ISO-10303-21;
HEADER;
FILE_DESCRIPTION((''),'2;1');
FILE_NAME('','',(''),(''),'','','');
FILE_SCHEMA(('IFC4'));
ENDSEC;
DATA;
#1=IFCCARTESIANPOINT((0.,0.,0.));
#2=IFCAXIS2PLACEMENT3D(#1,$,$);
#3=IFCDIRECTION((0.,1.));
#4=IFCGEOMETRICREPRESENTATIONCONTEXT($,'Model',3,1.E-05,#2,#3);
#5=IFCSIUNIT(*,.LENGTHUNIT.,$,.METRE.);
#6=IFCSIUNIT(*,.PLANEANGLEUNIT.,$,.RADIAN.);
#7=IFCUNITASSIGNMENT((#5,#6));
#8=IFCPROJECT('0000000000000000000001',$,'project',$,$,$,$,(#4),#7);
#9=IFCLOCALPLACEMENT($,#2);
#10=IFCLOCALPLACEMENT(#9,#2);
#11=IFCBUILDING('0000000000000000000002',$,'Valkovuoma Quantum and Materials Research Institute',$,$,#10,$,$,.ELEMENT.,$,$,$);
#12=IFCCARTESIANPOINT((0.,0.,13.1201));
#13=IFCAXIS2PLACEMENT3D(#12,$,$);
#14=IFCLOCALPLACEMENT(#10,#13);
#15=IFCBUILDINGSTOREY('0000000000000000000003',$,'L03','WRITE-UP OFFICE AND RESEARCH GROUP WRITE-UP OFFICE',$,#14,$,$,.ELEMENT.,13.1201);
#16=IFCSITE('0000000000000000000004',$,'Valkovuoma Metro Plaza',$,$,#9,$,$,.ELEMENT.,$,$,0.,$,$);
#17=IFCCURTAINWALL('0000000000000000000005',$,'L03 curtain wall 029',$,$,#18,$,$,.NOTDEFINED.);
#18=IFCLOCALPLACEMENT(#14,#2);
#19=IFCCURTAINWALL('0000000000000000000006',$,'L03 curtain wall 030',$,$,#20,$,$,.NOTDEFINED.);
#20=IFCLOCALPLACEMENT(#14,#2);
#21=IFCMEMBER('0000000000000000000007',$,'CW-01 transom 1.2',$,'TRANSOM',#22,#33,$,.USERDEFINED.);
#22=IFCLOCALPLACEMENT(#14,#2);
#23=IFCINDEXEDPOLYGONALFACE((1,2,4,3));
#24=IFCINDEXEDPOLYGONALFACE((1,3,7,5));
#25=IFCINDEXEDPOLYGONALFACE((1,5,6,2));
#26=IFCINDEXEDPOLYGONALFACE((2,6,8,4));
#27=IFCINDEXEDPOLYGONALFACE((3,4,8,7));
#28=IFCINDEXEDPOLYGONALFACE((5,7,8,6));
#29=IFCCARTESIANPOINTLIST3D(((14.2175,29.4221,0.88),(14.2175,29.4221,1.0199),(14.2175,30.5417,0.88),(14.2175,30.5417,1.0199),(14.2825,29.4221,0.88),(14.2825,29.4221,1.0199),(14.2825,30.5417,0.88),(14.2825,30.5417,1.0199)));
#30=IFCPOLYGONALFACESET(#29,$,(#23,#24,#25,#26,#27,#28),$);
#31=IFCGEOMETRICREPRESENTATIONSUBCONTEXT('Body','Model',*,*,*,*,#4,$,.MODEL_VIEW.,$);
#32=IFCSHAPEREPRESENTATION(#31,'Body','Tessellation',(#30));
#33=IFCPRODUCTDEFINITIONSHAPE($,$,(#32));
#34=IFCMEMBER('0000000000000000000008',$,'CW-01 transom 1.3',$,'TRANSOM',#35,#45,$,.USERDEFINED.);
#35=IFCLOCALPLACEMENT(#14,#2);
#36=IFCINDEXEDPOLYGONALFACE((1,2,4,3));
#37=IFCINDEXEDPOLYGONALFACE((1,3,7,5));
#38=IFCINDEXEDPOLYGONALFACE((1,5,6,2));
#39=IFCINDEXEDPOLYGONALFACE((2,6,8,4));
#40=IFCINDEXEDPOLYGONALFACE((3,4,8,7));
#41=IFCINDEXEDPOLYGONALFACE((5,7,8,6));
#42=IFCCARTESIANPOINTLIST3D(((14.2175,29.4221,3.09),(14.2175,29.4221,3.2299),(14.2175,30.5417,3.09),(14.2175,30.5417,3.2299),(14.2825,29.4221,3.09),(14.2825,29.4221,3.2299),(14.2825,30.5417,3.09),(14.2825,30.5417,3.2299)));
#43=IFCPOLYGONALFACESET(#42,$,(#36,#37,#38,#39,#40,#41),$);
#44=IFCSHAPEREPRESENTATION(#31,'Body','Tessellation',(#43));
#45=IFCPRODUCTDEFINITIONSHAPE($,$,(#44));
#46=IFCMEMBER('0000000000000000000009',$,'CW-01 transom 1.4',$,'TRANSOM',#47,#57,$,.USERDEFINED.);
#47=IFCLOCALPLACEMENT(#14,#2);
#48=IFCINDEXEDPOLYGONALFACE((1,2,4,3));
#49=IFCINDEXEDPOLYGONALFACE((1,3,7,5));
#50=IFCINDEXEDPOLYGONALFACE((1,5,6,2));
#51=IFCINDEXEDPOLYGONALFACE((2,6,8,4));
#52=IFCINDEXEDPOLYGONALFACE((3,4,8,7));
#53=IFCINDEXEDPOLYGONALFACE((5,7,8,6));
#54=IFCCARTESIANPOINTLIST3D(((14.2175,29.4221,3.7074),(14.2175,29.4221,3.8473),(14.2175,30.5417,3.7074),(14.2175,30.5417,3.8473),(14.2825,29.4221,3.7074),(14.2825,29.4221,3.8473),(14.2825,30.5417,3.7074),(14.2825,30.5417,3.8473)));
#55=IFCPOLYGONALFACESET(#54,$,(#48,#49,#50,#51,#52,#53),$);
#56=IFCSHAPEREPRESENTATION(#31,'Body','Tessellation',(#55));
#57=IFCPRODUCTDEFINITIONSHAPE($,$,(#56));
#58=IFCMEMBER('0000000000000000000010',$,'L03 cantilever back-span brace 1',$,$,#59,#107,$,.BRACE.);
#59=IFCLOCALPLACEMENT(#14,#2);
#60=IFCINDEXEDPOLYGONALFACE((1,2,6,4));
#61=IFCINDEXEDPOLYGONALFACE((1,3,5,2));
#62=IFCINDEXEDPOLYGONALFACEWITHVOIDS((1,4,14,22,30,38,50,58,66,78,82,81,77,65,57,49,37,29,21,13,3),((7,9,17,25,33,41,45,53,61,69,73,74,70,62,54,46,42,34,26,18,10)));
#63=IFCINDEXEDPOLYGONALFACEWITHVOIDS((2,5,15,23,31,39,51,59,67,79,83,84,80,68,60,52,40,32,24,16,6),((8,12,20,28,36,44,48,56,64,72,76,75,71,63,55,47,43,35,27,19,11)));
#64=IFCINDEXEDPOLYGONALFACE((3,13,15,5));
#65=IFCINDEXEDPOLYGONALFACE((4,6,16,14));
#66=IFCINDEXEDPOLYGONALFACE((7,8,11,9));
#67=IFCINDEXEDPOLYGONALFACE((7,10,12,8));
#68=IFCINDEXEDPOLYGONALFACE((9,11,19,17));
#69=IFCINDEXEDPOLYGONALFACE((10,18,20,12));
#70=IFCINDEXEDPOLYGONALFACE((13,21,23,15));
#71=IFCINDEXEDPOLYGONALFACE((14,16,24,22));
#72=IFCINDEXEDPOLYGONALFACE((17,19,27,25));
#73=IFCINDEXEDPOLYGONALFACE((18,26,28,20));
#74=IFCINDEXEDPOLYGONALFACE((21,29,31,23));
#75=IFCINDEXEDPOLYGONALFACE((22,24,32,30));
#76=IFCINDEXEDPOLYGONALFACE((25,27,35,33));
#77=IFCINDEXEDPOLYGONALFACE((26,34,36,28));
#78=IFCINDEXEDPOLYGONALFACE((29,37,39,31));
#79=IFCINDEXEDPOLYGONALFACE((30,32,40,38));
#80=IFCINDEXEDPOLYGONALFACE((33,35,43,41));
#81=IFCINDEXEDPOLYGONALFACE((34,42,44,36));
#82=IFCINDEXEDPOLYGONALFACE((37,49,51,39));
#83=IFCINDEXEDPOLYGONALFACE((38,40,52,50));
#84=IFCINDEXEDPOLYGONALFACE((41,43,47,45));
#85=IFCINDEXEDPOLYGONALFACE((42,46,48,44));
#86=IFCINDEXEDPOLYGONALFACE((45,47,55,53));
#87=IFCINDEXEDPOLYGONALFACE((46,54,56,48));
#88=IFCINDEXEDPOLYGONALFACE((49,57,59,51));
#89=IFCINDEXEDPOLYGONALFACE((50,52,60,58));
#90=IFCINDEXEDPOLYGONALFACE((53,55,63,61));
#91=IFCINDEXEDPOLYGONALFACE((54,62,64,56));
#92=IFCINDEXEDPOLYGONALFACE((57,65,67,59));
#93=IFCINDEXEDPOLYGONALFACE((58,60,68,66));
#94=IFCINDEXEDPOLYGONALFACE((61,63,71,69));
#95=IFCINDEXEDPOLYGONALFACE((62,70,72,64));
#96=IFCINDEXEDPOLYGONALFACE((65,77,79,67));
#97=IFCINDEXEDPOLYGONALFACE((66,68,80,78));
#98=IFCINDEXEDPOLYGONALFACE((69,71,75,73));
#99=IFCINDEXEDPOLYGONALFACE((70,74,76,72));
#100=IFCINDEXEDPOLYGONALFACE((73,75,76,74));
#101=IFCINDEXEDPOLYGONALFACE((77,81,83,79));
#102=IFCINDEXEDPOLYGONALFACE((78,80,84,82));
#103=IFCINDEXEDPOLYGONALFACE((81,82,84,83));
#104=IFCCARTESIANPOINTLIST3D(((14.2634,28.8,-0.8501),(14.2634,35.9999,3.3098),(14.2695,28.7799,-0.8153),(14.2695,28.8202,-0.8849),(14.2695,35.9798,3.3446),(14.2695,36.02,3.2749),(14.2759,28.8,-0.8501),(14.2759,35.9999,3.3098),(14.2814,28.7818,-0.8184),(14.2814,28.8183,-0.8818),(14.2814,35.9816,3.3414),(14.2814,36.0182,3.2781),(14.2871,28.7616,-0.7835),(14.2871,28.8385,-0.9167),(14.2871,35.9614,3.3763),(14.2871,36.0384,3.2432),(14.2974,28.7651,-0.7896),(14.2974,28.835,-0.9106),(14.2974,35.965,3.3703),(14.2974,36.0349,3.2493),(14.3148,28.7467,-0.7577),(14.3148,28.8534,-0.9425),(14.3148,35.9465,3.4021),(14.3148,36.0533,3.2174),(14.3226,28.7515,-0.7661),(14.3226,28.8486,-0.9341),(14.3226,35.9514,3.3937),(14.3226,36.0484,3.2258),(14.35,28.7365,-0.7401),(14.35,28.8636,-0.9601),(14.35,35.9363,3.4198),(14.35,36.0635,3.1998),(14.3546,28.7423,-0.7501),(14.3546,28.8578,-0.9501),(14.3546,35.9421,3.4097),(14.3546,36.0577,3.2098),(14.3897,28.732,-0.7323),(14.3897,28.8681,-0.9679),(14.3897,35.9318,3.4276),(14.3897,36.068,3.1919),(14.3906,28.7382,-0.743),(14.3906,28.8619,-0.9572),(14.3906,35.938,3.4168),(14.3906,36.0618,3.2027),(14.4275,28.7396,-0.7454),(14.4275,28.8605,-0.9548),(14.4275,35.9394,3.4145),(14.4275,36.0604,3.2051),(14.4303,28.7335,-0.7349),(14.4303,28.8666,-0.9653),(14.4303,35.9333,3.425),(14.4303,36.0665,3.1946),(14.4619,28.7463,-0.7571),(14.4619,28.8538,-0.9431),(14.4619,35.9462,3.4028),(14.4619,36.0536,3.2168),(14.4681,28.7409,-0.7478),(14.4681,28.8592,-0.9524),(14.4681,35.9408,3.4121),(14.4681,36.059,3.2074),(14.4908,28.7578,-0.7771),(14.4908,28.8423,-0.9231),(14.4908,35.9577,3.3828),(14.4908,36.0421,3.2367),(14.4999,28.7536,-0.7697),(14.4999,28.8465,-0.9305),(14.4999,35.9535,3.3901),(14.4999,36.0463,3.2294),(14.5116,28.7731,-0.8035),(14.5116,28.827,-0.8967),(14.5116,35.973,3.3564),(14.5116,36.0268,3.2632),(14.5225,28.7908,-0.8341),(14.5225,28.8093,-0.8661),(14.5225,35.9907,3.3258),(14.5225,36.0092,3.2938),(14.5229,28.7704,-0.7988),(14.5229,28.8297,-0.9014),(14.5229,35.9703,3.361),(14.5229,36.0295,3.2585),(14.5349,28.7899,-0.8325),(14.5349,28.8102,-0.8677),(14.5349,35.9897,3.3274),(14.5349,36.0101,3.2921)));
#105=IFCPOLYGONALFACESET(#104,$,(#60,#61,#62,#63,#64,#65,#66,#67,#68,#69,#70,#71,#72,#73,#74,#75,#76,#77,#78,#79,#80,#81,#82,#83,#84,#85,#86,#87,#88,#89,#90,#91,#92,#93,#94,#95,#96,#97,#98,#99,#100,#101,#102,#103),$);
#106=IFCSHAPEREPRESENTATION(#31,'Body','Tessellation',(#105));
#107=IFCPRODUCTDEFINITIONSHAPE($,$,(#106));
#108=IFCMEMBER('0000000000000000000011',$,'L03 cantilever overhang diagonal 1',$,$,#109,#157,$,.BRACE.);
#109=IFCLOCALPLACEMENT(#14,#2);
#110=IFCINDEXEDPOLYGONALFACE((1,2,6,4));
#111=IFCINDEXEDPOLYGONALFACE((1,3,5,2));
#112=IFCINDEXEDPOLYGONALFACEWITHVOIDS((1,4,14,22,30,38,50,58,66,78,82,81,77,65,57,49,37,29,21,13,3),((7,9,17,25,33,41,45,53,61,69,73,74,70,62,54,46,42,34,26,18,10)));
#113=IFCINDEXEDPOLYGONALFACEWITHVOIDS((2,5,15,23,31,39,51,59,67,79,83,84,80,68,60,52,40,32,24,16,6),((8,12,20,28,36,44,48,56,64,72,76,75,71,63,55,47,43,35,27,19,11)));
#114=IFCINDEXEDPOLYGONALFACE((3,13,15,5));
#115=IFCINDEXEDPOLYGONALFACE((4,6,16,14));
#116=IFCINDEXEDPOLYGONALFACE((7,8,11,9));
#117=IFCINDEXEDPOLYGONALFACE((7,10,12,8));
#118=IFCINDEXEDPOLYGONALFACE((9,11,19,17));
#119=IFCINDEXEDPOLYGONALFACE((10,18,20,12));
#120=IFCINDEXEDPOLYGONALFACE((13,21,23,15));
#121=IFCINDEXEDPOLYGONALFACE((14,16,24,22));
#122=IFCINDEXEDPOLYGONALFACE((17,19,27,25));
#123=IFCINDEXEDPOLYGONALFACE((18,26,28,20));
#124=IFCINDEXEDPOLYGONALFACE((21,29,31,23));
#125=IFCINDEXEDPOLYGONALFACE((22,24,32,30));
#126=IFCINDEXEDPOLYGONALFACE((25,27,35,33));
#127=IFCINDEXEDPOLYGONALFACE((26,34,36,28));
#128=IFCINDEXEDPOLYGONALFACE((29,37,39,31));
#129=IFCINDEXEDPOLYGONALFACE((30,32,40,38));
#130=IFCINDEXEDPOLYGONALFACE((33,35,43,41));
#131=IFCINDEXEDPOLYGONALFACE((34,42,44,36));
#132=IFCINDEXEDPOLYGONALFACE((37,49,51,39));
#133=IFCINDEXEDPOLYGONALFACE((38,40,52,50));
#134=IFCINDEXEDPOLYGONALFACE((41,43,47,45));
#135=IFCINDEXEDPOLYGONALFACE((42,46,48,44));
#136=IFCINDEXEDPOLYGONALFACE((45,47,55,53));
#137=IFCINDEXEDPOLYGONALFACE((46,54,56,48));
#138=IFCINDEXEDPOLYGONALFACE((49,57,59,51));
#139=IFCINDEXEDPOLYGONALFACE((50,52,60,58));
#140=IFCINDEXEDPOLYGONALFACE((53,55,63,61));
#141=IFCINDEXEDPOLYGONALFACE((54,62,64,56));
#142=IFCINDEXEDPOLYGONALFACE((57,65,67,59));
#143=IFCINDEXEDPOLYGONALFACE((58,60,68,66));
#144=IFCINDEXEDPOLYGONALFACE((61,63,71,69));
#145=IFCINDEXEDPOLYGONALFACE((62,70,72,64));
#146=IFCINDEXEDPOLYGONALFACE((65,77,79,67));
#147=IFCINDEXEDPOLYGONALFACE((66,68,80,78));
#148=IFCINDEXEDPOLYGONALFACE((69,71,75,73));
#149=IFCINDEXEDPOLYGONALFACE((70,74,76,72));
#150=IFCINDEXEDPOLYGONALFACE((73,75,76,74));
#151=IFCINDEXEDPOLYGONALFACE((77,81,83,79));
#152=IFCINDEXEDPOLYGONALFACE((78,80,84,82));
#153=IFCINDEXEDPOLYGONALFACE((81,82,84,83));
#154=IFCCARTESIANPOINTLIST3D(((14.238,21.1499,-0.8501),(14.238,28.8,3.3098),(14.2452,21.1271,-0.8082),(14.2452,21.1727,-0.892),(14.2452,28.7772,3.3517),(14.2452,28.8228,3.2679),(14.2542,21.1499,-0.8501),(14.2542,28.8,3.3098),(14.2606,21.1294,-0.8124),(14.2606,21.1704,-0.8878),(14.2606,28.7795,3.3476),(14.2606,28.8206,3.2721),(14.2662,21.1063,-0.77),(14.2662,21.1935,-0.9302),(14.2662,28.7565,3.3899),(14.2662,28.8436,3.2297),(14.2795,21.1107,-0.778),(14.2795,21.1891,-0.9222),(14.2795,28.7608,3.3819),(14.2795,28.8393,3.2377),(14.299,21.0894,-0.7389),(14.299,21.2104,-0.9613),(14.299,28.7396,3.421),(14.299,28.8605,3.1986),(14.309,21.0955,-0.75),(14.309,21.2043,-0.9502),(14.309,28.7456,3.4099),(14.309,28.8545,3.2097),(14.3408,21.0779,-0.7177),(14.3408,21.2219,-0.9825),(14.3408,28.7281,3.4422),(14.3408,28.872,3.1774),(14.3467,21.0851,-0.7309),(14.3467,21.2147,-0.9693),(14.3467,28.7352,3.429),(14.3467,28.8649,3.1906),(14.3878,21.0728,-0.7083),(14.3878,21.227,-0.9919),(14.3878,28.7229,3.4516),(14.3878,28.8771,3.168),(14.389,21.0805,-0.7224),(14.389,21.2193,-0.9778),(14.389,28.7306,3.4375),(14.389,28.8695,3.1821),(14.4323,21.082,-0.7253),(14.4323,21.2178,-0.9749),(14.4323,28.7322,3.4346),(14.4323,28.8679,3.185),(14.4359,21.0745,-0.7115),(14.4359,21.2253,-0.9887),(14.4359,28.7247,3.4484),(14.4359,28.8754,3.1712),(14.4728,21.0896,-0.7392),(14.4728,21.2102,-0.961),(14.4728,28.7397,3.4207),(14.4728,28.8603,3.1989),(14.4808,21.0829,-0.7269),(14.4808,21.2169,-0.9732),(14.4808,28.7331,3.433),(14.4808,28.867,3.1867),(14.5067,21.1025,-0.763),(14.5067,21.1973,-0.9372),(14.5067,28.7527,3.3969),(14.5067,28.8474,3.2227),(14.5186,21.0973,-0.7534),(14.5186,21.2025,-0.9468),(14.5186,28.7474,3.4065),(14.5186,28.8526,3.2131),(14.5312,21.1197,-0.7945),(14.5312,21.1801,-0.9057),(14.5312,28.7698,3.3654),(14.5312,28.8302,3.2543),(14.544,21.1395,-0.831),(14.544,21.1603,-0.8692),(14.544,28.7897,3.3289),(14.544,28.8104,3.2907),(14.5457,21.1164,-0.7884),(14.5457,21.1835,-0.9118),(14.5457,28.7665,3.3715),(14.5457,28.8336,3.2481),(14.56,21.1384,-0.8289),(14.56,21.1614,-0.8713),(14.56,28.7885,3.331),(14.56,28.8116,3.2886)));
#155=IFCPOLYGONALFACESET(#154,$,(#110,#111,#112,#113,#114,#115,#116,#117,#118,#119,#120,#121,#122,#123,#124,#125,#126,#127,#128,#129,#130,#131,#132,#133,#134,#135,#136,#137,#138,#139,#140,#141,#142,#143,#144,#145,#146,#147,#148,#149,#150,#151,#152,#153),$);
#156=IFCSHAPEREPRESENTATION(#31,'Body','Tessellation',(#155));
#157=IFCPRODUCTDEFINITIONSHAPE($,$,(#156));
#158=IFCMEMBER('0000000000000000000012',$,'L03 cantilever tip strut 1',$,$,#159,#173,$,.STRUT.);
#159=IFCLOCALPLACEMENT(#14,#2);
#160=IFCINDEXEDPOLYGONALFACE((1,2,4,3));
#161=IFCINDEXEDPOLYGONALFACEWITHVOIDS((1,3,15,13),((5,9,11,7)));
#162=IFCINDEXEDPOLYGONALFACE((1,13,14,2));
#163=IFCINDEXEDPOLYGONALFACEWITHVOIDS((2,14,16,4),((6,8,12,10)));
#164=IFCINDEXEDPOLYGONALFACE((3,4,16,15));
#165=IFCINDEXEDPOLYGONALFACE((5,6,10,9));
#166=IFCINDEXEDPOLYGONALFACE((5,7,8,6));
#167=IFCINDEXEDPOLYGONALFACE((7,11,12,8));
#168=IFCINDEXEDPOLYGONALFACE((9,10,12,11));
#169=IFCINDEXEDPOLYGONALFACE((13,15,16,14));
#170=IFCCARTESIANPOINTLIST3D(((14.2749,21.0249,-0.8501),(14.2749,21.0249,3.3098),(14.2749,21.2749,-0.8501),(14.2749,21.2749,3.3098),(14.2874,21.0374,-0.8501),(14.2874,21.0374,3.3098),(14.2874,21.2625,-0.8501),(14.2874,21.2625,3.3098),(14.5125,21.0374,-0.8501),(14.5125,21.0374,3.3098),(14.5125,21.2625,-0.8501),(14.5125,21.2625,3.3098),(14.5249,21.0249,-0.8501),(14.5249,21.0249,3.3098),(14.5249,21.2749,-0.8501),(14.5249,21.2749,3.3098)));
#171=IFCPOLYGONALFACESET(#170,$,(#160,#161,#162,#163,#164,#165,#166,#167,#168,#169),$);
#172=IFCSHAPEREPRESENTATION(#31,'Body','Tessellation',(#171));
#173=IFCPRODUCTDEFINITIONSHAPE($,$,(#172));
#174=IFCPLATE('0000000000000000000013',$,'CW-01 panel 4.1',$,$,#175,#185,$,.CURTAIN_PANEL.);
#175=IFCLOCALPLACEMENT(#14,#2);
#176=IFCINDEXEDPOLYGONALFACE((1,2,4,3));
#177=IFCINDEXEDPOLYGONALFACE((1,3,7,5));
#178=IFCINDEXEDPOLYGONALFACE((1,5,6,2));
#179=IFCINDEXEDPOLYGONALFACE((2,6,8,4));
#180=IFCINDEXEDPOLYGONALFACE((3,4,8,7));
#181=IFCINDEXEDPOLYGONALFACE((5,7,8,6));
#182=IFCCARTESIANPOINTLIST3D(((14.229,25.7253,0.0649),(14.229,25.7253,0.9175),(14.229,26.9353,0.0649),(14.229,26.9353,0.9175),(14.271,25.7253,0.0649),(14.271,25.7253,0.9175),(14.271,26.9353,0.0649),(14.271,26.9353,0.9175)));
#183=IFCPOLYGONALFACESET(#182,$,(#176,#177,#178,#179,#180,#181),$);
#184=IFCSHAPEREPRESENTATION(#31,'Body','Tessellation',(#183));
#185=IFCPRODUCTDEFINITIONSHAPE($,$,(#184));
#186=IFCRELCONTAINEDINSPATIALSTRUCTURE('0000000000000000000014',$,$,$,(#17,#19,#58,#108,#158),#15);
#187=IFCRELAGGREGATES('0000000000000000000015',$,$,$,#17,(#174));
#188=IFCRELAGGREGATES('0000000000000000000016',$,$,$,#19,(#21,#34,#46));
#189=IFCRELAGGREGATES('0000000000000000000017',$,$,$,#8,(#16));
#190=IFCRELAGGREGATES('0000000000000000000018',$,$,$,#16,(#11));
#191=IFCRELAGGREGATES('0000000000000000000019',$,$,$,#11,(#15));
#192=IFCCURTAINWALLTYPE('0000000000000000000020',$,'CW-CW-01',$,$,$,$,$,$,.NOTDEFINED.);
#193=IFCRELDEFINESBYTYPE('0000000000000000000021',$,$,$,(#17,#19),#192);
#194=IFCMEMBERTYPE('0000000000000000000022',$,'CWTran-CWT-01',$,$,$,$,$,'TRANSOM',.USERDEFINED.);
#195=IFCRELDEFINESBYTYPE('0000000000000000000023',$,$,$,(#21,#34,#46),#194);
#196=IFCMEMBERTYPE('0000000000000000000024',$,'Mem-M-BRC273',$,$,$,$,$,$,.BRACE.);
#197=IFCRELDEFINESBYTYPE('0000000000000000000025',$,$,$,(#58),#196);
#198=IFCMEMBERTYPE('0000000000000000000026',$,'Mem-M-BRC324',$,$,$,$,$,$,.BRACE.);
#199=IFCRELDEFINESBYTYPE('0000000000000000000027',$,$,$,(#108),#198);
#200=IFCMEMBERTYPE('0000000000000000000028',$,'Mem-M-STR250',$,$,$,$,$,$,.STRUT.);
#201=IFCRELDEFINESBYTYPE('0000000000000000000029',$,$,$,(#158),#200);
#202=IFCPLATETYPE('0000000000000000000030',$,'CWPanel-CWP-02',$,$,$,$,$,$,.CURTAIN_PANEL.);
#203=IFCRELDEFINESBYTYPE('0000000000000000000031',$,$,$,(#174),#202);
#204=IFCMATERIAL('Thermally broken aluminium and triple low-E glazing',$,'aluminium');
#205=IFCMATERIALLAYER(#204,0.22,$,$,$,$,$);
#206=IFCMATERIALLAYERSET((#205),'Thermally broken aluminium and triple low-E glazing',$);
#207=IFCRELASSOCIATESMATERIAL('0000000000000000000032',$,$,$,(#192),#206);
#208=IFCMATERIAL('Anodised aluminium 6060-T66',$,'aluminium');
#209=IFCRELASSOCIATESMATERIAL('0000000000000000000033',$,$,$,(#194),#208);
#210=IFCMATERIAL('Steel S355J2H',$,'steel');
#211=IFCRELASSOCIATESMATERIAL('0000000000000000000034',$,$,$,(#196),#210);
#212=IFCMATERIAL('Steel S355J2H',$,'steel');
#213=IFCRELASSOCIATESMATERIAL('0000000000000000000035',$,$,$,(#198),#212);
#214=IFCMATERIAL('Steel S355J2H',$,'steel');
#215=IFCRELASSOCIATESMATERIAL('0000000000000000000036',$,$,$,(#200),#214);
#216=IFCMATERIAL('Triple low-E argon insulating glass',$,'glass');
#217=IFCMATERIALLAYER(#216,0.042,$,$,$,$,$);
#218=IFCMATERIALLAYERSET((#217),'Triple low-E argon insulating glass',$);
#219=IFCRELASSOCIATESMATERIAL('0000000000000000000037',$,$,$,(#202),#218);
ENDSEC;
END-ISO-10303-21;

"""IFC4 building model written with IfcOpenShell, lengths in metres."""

from ifc_helpers import new_model, si_unit, direction, frame, origin, origin_2d, place, context, subcontext, project, spatial, rectangle, hollow_rectangle, hollow_circle, extrude, material, layer, layer_set, material_profile, profile_set, type_object, element, aggregate, save


model = new_model("IFC4")

# Units and contexts
model_context = context("Model", 3, precision=1e-05, world=origin(), true_north=direction((0.0, 1.0)))
body_context = subcontext(model_context, "Body", "Model", "MODEL_VIEW")
ifc_project = project(units=[si_unit("LENGTHUNIT", "METRE"), si_unit("PLANEANGLEUNIT", "RADIAN")], contexts=[model_context])

# Site, building, storey
site_placement = place(None, origin())
site = spatial("IfcSite", under=ifc_project, at=site_placement, Name="Valkovuoma Metro Plaza", CompositionType="ELEMENT", RefElevation=0.0)
building_placement = place(site_placement, origin())
building = spatial("IfcBuilding", under=site, at=building_placement, Name="Valkovuoma Quantum and Materials Research Institute", CompositionType="ELEMENT")
storey_placement = place(building_placement, frame((0.0, 0.0, 13.1201)))
storey = spatial("IfcBuildingStorey", under=building, at=storey_placement, Name="L03", Description="WRITE-UP OFFICE AND RESEARCH GROUP WRITE-UP OFFICE", CompositionType="ELEMENT", Elevation=13.1201)

# Curtain wall
ifc_material_1 = material(Name="Thermally broken aluminium and triple low-E glazing", Category="aluminium")
ifc_layer_1 = layer(ifc_material_1, 0.22)
ifc_layer_set_1 = layer_set([ifc_layer_1], Name="Thermally broken aluminium and triple low-E glazing")
curtain_wall_type = type_object("IfcCurtainWallType", Name="CW-CW-01", PredefinedType="NOTDEFINED", material=ifc_layer_set_1)
curtain_wall_1_placement = place(storey_placement, origin())
curtain_wall_1 = element("IfcCurtainWall", 1, at=curtain_wall_1_placement, inside=storey, type_object=curtain_wall_type, Name="L03 curtain wall 029", PredefinedType="NOTDEFINED")

# Curtain wall
curtain_wall_2_placement = place(storey_placement, origin())
curtain_wall_2 = element("IfcCurtainWall", 2, at=curtain_wall_2_placement, inside=storey, type_object=curtain_wall_type, Name="L03 curtain wall 030", PredefinedType="NOTDEFINED")

# Members
ifc_material_2 = material(Name="Anodised aluminium 6060-T66", Category="aluminium")
ifc_material_profile_1 = material_profile(ifc_material_2, rectangle(XDim=0.0649, YDim=0.1399, at=origin_2d()), Name="Anodised aluminium 6060-T66")
ifc_profile_set_1 = profile_set([ifc_material_profile_1], Name="Anodised aluminium 6060-T66")
member_type_1 = type_object("IfcMemberType", Name="CWTran-CWT-01", ElementType="TRANSOM", PredefinedType="USERDEFINED", material=ifc_profile_set_1)
member_1_placement = place(storey_placement, frame((14.25, 29.4221, 0.95), z_axis=(0.0, 1.0, 0.0), x_axis=(-1.0, 0.0, 0.0)))
member_1 = element("IfcMember", 3, at=member_1_placement, type_object=member_type_1, Name="CW-01 transom 1.2", ObjectType="TRANSOM", PredefinedType="USERDEFINED", context=body_context, shape_type="SweptSolid", body=[
    extrude(rectangle(XDim=0.0649, YDim=0.1399, at=origin_2d()), origin(), (0.0, 0.0, 1.0), 1.1196),
])
member_2_placement = place(storey_placement, frame((14.25, 29.4221, 3.1599), z_axis=(0.0, 1.0, 0.0), x_axis=(-1.0, 0.0, 0.0)))
member_2 = element("IfcMember", 4, at=member_2_placement, type_object=member_type_1, Name="CW-01 transom 1.3", ObjectType="TRANSOM", PredefinedType="USERDEFINED", context=body_context, shape_type="SweptSolid", body=[
    extrude(rectangle(XDim=0.0649, YDim=0.1399, at=origin_2d()), origin(), (0.0, 0.0, 1.0), 1.1196),
])
member_3_placement = place(storey_placement, frame((14.25, 29.4221, 3.7773), z_axis=(0.0, 1.0, 0.0), x_axis=(-1.0, 0.0, 0.0)))
member_3 = element("IfcMember", 5, at=member_3_placement, type_object=member_type_1, Name="CW-01 transom 1.4", ObjectType="TRANSOM", PredefinedType="USERDEFINED", context=body_context, shape_type="SweptSolid", body=[
    extrude(rectangle(XDim=0.0649, YDim=0.1399, at=origin_2d()), origin(), (0.0, 0.0, 1.0), 1.1196),
])

# Members
ifc_material_3 = material(Name="Steel S355J2H", Category="steel")
ifc_material_profile_2 = material_profile(ifc_material_3, hollow_circle(Radius=0.1365, WallThickness=0.0125, at=origin_2d()), Name="Steel S355J2H")
ifc_profile_set_2 = profile_set([ifc_material_profile_2], Name="Steel S355J2H")
member_type_2 = type_object("IfcMemberType", Name="Mem-M-BRC273", PredefinedType="BRACE", material=ifc_profile_set_2)
member_4_placement = place(storey_placement, frame((14.3999, 28.8, -0.8501), z_axis=(0.0, 0.865868, 0.500272), x_axis=(-1.0, 0.0, 0.0)))
element("IfcMember", 6, at=member_4_placement, inside=storey, type_object=member_type_2, Name="L03 cantilever back-span brace 1", PredefinedType="BRACE", context=body_context, shape_type="SweptSolid", body=[
    extrude(hollow_circle(Radius=0.1365, WallThickness=0.0125, at=origin_2d()), origin(), (0.0, 0.0, 1.0), 8.3152),
])
ifc_material_4 = material(Name="Steel S355J2H", Category="steel")
ifc_material_profile_3 = material_profile(ifc_material_4, hollow_circle(Radius=0.1619, WallThickness=0.0161, at=origin_2d()), Name="Steel S355J2H")
ifc_profile_set_3 = profile_set([ifc_material_profile_3], Name="Steel S355J2H")
member_type_3 = type_object("IfcMemberType", Name="Mem-M-BRC324", PredefinedType="BRACE", material=ifc_profile_set_3)
member_5_placement = place(storey_placement, frame((14.3999, 21.1499, -0.8501), z_axis=(0.0, 0.878517, 0.47771), x_axis=(-1.0, 0.0, 0.0)))
element("IfcMember", 7, at=member_5_placement, inside=storey, type_object=member_type_3, Name="L03 cantilever overhang diagonal 1", PredefinedType="BRACE", context=body_context, shape_type="SweptSolid", body=[
    extrude(hollow_circle(Radius=0.1619, WallThickness=0.0161, at=origin_2d()), origin(), (0.0, 0.0, 1.0), 8.708),
])
ifc_material_5 = material(Name="Steel S355J2H", Category="steel")
ifc_material_profile_4 = material_profile(ifc_material_5, hollow_rectangle(XDim=0.25, YDim=0.25, WallThickness=0.0125, at=origin_2d()), Name="Steel S355J2H")
ifc_profile_set_4 = profile_set([ifc_material_profile_4], Name="Steel S355J2H")
member_type_4 = type_object("IfcMemberType", Name="Mem-M-STR250", PredefinedType="STRUT", material=ifc_profile_set_4)
member_6_placement = place(storey_placement, frame((14.3999, 21.1499, -0.8501), z_axis=(0.0, 0.0, 1.0), x_axis=(1.0, 0.0, 0.0)))
element("IfcMember", 8, at=member_6_placement, inside=storey, type_object=member_type_4, Name="L03 cantilever tip strut 1", PredefinedType="STRUT", context=body_context, shape_type="SweptSolid", body=[
    extrude(hollow_rectangle(XDim=0.25, YDim=0.25, WallThickness=0.0125, at=origin_2d()), origin(), (0.0, 0.0, 1.0), 4.1599),
])

# Plate
ifc_material_6 = material(Name="Triple low-E argon insulating glass", Category="glass")
ifc_layer_2 = layer(ifc_material_6, 0.042)
ifc_layer_set_2 = layer_set([ifc_layer_2], Name="Triple low-E argon insulating glass")
plate_type_1 = type_object("IfcPlateType", Name="CWPanel-CWP-02", PredefinedType="CURTAIN_PANEL", material=ifc_layer_set_2)
plate_1_placement = place(storey_placement, frame((14.25, 26.3303, 0.0649), z_axis=(0.0, 0.0, 1.0), x_axis=(0.0, 1.0, 0.0)))
plate_1 = element("IfcPlate", 9, at=plate_1_placement, type_object=plate_type_1, Name="CW-01 panel 4.1", PredefinedType="CURTAIN_PANEL", context=body_context, shape_type="SweptSolid", body=[
    extrude(rectangle(XDim=1.21, YDim=0.042, at=origin_2d()), origin(), (0.0, 0.0, 1.0), 0.8525),
])
aggregate(curtain_wall_1, [plate_1])
aggregate(curtain_wall_2, [member_1, member_2, member_3])

save(model, "model.ifc")
